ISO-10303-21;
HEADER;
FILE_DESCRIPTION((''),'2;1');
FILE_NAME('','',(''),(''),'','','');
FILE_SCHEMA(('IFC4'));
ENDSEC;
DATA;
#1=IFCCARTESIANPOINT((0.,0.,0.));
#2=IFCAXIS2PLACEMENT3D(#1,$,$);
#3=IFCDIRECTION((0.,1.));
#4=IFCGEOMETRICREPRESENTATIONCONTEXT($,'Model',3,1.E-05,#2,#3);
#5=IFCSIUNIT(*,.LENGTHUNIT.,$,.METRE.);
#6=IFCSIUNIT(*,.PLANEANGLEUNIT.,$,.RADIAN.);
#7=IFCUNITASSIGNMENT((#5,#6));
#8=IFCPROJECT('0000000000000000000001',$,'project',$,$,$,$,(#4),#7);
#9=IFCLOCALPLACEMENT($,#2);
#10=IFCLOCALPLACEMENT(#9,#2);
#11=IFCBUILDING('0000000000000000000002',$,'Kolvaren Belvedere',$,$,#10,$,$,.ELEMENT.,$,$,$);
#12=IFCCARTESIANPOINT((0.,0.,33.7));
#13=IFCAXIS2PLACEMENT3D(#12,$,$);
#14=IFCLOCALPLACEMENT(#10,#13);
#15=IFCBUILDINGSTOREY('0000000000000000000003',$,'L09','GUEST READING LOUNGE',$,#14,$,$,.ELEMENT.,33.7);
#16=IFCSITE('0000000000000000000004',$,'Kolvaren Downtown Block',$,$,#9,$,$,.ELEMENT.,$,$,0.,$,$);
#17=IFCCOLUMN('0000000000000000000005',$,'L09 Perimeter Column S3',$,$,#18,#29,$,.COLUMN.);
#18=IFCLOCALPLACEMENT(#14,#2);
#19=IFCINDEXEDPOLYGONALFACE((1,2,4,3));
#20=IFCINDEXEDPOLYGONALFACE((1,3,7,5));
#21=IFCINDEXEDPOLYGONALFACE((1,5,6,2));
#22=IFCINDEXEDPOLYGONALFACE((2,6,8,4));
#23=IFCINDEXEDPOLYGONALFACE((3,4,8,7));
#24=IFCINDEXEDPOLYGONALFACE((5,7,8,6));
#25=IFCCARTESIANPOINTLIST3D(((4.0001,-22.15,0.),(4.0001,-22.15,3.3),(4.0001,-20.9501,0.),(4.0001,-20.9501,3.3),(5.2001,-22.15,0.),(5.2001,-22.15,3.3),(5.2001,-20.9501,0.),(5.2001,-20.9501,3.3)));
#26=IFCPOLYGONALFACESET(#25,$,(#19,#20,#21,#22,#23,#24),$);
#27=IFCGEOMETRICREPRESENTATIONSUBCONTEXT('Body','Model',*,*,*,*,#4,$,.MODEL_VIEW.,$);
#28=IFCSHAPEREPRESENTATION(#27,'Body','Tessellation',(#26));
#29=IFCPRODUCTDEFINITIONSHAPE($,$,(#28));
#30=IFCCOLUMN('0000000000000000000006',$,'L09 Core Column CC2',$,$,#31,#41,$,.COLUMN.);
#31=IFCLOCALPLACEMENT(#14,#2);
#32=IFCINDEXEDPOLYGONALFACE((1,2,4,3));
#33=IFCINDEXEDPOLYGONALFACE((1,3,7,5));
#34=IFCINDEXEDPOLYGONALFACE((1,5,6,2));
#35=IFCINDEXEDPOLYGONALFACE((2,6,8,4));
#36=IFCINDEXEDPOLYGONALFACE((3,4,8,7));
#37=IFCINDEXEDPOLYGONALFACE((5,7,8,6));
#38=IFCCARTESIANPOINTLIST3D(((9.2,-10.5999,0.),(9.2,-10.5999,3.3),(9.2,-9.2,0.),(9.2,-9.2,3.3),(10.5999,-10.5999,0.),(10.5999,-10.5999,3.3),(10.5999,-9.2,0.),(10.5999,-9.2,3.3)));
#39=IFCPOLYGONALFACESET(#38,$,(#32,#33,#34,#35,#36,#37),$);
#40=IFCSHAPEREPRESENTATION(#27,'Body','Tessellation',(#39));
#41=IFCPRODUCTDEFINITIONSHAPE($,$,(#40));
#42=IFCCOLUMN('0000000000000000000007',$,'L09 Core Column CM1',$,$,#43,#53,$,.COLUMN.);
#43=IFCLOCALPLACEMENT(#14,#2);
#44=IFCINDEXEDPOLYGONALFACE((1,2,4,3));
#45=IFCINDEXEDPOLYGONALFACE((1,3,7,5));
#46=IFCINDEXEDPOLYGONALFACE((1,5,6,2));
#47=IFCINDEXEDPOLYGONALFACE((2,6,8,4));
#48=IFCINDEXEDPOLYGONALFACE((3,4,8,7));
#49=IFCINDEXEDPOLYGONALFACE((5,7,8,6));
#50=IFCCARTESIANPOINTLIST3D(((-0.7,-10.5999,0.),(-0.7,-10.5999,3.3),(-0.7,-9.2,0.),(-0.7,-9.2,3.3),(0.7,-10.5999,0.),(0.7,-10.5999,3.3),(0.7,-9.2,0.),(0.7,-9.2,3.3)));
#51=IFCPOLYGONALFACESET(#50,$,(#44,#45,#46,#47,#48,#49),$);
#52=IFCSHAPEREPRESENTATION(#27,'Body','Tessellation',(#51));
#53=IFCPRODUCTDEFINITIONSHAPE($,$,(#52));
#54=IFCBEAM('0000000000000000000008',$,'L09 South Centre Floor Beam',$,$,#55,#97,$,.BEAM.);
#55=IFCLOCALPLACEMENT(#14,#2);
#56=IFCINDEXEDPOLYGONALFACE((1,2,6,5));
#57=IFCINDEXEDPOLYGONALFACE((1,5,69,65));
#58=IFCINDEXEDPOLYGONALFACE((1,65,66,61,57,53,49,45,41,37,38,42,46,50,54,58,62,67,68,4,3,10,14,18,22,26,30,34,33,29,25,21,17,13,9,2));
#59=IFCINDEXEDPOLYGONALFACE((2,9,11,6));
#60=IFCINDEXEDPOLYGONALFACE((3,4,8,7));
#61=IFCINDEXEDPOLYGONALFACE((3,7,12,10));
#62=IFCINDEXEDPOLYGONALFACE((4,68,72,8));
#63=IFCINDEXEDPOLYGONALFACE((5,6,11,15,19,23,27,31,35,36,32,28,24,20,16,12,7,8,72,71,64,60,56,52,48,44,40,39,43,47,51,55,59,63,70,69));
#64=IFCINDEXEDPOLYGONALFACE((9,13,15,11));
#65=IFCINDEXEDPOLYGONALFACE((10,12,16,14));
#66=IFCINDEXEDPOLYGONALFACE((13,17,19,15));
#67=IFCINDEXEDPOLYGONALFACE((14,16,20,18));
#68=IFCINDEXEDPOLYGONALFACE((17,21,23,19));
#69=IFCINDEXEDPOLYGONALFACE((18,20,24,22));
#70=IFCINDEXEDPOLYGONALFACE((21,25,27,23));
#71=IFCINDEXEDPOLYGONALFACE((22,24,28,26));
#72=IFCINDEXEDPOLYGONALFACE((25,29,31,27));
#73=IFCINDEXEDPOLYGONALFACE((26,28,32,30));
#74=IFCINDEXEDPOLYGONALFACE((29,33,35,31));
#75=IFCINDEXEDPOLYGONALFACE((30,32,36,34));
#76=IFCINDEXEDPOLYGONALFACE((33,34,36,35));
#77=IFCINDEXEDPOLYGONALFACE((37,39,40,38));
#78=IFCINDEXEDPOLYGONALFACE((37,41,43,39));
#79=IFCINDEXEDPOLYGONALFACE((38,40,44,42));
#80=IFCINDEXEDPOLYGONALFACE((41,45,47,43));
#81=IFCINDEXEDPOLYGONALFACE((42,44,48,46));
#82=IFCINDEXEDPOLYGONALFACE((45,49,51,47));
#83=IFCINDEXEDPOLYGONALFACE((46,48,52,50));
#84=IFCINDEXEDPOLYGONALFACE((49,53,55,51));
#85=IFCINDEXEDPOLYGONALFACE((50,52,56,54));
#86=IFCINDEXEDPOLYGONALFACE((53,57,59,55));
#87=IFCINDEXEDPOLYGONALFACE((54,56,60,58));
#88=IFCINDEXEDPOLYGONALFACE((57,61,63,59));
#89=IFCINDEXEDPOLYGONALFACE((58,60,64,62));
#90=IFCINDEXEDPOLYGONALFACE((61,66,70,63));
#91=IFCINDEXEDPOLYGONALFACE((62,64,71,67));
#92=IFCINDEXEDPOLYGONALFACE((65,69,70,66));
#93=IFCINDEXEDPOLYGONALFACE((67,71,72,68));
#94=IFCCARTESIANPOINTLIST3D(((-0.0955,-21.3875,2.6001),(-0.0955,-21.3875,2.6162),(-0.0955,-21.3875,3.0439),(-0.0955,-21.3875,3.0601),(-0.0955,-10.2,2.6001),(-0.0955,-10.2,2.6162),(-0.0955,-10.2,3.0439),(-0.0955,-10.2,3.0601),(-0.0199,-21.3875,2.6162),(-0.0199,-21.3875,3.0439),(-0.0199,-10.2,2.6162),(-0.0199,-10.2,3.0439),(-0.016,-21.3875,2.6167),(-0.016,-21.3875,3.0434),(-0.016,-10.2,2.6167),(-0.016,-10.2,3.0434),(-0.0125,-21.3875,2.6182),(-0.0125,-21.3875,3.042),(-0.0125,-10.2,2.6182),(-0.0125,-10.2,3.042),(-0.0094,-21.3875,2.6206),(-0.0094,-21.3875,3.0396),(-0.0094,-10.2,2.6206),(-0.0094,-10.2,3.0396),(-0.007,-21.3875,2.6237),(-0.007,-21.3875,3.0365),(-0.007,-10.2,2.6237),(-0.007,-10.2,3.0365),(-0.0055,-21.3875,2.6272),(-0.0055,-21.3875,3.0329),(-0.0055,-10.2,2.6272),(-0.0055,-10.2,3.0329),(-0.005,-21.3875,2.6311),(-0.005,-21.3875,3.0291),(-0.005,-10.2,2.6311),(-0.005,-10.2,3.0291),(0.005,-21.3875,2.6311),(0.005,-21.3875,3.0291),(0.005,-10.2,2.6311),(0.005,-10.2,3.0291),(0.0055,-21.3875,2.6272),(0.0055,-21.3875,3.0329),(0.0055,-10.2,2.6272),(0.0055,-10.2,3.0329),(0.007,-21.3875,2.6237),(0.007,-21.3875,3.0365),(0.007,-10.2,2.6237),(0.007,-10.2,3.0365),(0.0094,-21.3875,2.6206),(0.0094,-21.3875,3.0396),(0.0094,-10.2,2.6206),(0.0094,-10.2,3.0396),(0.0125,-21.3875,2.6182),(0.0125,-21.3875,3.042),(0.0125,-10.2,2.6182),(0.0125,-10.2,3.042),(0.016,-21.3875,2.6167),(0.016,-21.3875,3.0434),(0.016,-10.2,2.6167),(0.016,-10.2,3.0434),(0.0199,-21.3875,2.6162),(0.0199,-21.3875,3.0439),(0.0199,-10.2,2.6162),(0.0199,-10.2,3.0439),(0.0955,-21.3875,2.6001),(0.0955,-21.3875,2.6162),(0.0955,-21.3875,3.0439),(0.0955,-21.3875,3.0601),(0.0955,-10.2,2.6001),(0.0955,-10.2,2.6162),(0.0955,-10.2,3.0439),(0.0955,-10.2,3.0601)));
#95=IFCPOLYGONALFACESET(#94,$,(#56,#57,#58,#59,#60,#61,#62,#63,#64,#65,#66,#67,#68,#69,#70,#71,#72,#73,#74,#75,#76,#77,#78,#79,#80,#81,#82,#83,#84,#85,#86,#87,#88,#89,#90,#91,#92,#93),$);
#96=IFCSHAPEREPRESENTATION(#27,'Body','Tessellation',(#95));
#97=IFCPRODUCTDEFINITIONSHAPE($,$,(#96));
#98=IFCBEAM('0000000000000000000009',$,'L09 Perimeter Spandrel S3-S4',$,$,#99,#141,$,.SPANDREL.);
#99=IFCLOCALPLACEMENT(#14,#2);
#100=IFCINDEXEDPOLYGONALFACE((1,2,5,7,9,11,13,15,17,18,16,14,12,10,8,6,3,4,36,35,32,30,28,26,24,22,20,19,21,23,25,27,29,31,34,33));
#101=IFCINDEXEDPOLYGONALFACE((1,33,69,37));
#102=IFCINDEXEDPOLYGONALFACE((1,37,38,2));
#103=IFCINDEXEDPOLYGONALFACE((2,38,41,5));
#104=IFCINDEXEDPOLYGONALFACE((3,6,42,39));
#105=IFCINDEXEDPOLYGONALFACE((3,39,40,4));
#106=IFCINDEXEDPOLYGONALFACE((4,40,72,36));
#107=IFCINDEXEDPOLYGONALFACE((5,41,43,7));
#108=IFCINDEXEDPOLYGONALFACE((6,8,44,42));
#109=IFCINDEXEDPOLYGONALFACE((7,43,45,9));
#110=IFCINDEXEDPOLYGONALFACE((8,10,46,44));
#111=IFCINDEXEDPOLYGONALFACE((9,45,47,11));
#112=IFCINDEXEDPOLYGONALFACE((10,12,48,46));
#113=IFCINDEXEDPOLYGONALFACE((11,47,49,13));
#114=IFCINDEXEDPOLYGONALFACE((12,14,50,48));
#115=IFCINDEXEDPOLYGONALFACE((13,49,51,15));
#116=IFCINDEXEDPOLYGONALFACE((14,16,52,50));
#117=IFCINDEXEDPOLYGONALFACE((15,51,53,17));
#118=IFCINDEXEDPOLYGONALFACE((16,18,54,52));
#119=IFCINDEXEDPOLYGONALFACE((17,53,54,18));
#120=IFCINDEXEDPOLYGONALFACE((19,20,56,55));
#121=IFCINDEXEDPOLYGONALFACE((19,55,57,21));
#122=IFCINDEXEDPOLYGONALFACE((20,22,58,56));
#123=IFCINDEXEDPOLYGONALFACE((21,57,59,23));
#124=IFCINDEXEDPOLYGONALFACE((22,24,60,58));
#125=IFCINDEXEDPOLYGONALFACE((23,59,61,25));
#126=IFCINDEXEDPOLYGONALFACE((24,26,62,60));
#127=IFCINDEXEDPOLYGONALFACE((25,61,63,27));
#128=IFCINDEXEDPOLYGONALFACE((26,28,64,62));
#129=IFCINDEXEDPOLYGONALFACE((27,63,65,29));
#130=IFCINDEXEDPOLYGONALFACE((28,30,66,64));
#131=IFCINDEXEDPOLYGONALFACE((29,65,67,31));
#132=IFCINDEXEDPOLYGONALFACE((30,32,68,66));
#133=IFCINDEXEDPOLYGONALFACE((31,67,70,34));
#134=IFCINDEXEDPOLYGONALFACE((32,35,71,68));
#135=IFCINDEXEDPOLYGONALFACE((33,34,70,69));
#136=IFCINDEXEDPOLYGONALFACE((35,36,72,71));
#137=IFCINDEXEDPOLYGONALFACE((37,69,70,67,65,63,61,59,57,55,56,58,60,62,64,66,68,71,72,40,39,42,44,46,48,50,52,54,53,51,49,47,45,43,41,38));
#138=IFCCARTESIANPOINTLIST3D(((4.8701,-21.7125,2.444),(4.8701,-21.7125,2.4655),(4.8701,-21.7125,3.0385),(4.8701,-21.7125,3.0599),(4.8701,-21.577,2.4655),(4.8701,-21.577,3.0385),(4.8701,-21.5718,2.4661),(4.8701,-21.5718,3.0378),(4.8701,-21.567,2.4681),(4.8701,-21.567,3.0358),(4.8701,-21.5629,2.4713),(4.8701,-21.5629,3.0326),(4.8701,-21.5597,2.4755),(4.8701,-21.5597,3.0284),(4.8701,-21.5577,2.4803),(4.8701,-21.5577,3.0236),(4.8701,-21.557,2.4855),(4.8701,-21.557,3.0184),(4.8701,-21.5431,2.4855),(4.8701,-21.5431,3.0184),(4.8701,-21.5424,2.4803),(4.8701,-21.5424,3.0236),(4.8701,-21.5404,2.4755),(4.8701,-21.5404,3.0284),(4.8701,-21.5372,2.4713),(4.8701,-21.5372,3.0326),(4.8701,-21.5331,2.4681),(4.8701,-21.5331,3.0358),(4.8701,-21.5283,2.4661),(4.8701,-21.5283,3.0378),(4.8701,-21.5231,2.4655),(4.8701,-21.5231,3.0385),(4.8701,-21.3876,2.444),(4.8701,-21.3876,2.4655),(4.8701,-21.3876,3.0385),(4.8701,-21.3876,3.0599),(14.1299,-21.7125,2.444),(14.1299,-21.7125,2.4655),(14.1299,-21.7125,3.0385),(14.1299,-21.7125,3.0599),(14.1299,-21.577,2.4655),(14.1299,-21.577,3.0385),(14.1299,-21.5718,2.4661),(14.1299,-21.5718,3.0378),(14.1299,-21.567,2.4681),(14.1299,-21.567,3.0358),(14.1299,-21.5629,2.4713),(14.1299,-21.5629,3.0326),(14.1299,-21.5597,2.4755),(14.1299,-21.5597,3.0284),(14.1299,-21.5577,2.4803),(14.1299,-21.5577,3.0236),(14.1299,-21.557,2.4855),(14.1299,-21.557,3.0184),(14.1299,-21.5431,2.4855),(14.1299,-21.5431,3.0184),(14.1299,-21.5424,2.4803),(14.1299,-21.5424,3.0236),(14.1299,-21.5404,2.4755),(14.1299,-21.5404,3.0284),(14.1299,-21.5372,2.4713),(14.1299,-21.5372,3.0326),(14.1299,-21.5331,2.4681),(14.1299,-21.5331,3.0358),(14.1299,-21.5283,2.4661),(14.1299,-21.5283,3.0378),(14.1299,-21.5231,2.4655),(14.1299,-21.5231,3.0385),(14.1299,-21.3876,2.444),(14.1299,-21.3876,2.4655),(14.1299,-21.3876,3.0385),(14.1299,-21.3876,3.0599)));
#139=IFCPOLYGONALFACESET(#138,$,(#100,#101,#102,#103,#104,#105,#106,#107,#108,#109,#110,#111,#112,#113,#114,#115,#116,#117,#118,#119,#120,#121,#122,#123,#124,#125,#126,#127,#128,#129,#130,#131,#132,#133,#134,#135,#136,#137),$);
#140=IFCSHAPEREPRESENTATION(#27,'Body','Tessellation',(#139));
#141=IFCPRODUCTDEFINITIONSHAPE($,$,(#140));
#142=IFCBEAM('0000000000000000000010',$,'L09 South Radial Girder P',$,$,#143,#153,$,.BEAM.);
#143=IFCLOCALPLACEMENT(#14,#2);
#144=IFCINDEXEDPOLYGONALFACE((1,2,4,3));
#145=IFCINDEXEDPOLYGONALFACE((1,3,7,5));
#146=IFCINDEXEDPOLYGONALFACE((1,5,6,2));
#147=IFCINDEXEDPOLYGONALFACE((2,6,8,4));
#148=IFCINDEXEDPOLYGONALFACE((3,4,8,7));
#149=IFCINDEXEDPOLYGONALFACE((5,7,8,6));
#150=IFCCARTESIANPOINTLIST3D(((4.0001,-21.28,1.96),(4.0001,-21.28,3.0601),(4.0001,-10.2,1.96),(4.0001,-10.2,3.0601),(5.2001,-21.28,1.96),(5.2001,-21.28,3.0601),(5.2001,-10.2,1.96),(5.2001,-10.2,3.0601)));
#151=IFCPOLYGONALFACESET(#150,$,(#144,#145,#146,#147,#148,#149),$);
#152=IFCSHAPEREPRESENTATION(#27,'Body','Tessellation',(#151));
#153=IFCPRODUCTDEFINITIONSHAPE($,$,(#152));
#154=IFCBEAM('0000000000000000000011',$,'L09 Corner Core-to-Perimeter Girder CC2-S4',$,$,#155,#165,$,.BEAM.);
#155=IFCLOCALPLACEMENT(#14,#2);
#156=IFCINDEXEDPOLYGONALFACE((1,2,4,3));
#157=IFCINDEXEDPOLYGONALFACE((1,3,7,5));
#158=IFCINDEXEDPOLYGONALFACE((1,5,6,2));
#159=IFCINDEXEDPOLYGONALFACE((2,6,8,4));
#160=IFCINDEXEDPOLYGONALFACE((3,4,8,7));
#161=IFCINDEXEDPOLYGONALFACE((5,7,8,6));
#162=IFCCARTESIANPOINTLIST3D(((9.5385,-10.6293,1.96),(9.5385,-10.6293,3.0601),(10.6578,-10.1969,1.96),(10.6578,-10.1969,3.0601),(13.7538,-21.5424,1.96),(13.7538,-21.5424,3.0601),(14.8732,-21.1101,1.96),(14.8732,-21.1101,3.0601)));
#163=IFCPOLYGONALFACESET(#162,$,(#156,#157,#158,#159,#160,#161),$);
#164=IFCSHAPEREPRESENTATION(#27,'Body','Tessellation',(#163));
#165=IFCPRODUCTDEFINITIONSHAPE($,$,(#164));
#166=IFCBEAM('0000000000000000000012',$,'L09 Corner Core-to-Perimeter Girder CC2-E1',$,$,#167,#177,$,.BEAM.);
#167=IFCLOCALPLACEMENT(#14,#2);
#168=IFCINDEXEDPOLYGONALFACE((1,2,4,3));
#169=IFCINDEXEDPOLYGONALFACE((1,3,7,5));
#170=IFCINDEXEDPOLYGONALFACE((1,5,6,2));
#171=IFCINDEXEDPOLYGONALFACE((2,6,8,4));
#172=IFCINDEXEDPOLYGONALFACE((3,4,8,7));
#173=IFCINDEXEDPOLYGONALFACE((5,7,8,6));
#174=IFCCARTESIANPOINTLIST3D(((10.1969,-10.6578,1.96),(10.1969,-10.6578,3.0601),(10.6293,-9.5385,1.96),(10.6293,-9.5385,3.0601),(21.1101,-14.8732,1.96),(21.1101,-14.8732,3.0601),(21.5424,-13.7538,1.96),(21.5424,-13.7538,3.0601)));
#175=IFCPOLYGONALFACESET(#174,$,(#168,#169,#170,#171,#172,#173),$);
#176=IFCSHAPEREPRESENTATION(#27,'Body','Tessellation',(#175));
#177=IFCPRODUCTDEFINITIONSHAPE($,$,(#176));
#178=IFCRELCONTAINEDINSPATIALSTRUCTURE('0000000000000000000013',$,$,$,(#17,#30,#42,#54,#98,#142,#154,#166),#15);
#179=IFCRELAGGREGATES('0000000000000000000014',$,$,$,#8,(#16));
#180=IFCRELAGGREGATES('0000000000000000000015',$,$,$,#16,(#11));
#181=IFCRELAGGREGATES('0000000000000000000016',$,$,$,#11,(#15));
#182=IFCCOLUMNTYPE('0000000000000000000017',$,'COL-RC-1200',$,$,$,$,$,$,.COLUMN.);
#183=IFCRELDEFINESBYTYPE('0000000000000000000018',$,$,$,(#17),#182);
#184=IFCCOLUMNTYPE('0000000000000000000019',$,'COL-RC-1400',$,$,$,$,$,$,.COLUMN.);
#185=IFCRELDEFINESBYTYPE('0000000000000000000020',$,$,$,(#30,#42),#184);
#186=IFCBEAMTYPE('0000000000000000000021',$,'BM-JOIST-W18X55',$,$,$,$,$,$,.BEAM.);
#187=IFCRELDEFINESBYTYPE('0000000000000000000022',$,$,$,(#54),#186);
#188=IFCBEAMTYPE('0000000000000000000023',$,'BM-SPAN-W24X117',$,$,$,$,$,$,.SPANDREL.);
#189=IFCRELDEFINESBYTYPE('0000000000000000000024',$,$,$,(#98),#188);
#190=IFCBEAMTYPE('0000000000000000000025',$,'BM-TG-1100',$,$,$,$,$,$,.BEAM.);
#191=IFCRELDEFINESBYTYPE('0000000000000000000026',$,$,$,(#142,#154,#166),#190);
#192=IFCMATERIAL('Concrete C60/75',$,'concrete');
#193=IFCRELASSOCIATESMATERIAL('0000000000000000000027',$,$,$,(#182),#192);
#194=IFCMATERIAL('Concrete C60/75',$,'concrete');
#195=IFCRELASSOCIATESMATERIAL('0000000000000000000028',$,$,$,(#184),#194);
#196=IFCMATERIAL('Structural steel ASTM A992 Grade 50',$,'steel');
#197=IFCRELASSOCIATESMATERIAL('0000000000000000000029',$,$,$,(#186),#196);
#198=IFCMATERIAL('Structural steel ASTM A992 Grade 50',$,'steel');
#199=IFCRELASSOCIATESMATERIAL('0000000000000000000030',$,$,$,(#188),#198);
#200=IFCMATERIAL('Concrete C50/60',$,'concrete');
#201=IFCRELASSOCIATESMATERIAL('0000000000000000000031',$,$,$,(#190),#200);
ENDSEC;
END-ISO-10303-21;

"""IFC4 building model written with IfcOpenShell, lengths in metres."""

from ifc_helpers import new_model, si_unit, direction, frame, origin, origin_2d, place, context, subcontext, project, spatial, rectangle, i_section, extrude, material, material_profile, profile_set, type_object, element, save


model = new_model("IFC4")

# Units and contexts
model_context = context("Model", 3, precision=1e-05, world=origin(), true_north=direction((0.0, 1.0)))
body_context = subcontext(model_context, "Body", "Model", "MODEL_VIEW")
ifc_project = project(units=[si_unit("LENGTHUNIT", "METRE"), si_unit("PLANEANGLEUNIT", "RADIAN")], contexts=[model_context])

# Site, building, storey
site_placement = place(None, origin())
site = spatial("IfcSite", under=ifc_project, at=site_placement, Name="Kolvaren Downtown Block", CompositionType="ELEMENT", RefElevation=0.0)
building_placement = place(site_placement, origin())
building = spatial("IfcBuilding", under=site, at=building_placement, Name="Kolvaren Belvedere", CompositionType="ELEMENT")
storey_placement = place(building_placement, frame((0.0, 0.0, 33.7)))
storey = spatial("IfcBuildingStorey", under=building, at=storey_placement, Name="L09", Description="GUEST READING LOUNGE", CompositionType="ELEMENT", Elevation=33.7)

# Columns
ifc_material_1 = material(Name="Concrete C60/75", Category="concrete")
ifc_material_profile_1 = material_profile(ifc_material_1, rectangle(XDim=1.2, YDim=1.2, at=origin_2d()), Name="RC 1200X1200")
ifc_profile_set_1 = profile_set([ifc_material_profile_1], Name="Concrete C60/75")
column_type_1 = type_object("IfcColumnType", Name="COL-RC-1200", PredefinedType="COLUMN", material=ifc_profile_set_1)
column_placement = place(storey_placement, frame((4.6001, -21.55, 0.0), z_axis=(0.0, 0.0, 1.0), x_axis=(1.0, 0.0, 0.0)))
element("IfcColumn", 1, at=column_placement, inside=storey, type_object=column_type_1, Name="L09 Perimeter Column S3", PredefinedType="COLUMN", context=body_context, shape_type="SweptSolid", body=[
    extrude(rectangle(XDim=1.2, YDim=1.2, at=origin_2d()), origin(), (0.0, 0.0, 1.0), 3.3),
])
ifc_material_2 = material(Name="Concrete C60/75", Category="concrete")
ifc_material_profile_2 = material_profile(ifc_material_2, rectangle(XDim=1.3999, YDim=1.3999, at=origin_2d()), Name="RC 1400X1400")
ifc_profile_set_2 = profile_set([ifc_material_profile_2], Name="Concrete C60/75")
column_type_2 = type_object("IfcColumnType", Name="COL-RC-1400", PredefinedType="COLUMN", material=ifc_profile_set_2)
for number, where, z_axis, x_axis, name in (
    (2, (9.8999, -9.8999, 0.0), (0.0, 0.0, 1.0), (1.0, 0.0, 0.0), "L09 Core Column CC2"),
    (3, (0.0, -9.8999, 0.0), (0.0, 0.0, 1.0), (1.0, 0.0, 0.0), "L09 Core Column CM1"),
):
    element("IfcColumn", number, at=place(storey_placement, frame(where, z_axis=z_axis, x_axis=x_axis)), inside=storey, type_object=column_type_2, Name=name, PredefinedType="COLUMN", context=body_context, shape_type="SweptSolid", body=[
        extrude(rectangle(XDim=1.3999, YDim=1.3999, at=origin_2d()), origin(), (0.0, 0.0, 1.0), 3.3),
    ])

# Beams
ifc_material_3 = material(Name="Structural steel ASTM A992 Grade 50", Category="steel")
ifc_material_profile_3 = material_profile(ifc_material_3, i_section(OverallWidth=0.1909, OverallDepth=0.46, WebThickness=0.01, FlangeThickness=0.0161, FilletRadius=0.0149, at=origin_2d()), Name="W18X55")
ifc_profile_set_3 = profile_set([ifc_material_profile_3], Name="Structural steel ASTM A992 Grade 50")
beam_type_1 = type_object("IfcBeamType", Name="BM-JOIST-W18X55", PredefinedType="BEAM", material=ifc_profile_set_3)
beam_1_placement = place(storey_placement, frame((0.0, -10.2, 2.8301), z_axis=(0.0, -1.0, 0.0), x_axis=(1.0, 0.0, 0.0)))
element("IfcBeam", 4, at=beam_1_placement, inside=storey, type_object=beam_type_1, Name="L09 South Centre Floor Beam", PredefinedType="BEAM", context=body_context, shape_type="SweptSolid", body=[
    extrude(i_section(OverallWidth=0.1909, OverallDepth=0.46, WebThickness=0.01, FlangeThickness=0.0161, FilletRadius=0.0149, at=origin_2d()), origin(), (0.0, 0.0, 1.0), 11.1875),
])
ifc_material_4 = material(Name="Structural steel ASTM A992 Grade 50", Category="steel")
ifc_material_profile_4 = material_profile(ifc_material_4, i_section(OverallWidth=0.325, OverallDepth=0.616, WebThickness=0.0139, FlangeThickness=0.0215, FilletRadius=0.02, at=origin_2d()), Name="W24X117")
ifc_profile_set_4 = profile_set([ifc_material_profile_4], Name="Structural steel ASTM A992 Grade 50")
beam_type_2 = type_object("IfcBeamType", Name="BM-SPAN-W24X117", PredefinedType="SPANDREL", material=ifc_profile_set_4)
beam_2_placement = place(storey_placement, frame((4.8701, -21.55, 2.752), z_axis=(1.0, 0.0, 0.0), x_axis=(0.0, 1.0, 0.0)))
element("IfcBeam", 5, at=beam_2_placement, inside=storey, type_object=beam_type_2, Name="L09 Perimeter Spandrel S3-S4", PredefinedType="SPANDREL", context=body_context, shape_type="SweptSolid", body=[
    extrude(i_section(OverallWidth=0.325, OverallDepth=0.616, WebThickness=0.0139, FlangeThickness=0.0215, FilletRadius=0.02, at=origin_2d()), origin(), (0.0, 0.0, 1.0), 9.2598),
])
ifc_material_5 = material(Name="Concrete C50/60", Category="concrete")
ifc_material_profile_5 = material_profile(ifc_material_5, rectangle(XDim=1.2, YDim=1.1001, at=origin_2d()), Name="RC 1200X1100")
ifc_profile_set_5 = profile_set([ifc_material_profile_5], Name="Concrete C50/60")
beam_type_3 = type_object("IfcBeamType", Name="BM-TG-1100", PredefinedType="BEAM", material=ifc_profile_set_5)
beam_3_placement = place(storey_placement, frame((4.6001, -10.2, 2.51), z_axis=(0.0, -1.0, 0.0), x_axis=(1.0, 0.0, 0.0)))
element("IfcBeam", 6, at=beam_3_placement, inside=storey, type_object=beam_type_3, Name="L09 South Radial Girder P", PredefinedType="BEAM", context=body_context, shape_type="SweptSolid", body=[
    extrude(rectangle(XDim=1.2, YDim=1.1001, at=origin_2d()), origin(), (0.0, 0.0, 1.0), 11.0801),
])
for number, where, z_axis, x_axis, name in (
    (7, (10.0981, -10.4131, 2.51), (0.360318, -0.932829, 0.0), (0.932829, 0.360318, 0.0), "L09 Corner Core-to-Perimeter Girder CC2-S4"),
    (8, (10.4131, -10.0981, 2.51), (0.932829, -0.360318, 0.0), (0.360318, 0.932829, 0.0), "L09 Corner Core-to-Perimeter Girder CC2-E1"),
):
    element("IfcBeam", number, at=place(storey_placement, frame(where, z_axis=z_axis, x_axis=x_axis)), inside=storey, type_object=beam_type_3, Name=name, PredefinedType="BEAM", context=body_context, shape_type="SweptSolid", body=[
        extrude(rectangle(XDim=1.2, YDim=1.1001, at=origin_2d()), origin(), (0.0, 0.0, 1.0), 11.699),
    ])

save(model, "model.ifc")
